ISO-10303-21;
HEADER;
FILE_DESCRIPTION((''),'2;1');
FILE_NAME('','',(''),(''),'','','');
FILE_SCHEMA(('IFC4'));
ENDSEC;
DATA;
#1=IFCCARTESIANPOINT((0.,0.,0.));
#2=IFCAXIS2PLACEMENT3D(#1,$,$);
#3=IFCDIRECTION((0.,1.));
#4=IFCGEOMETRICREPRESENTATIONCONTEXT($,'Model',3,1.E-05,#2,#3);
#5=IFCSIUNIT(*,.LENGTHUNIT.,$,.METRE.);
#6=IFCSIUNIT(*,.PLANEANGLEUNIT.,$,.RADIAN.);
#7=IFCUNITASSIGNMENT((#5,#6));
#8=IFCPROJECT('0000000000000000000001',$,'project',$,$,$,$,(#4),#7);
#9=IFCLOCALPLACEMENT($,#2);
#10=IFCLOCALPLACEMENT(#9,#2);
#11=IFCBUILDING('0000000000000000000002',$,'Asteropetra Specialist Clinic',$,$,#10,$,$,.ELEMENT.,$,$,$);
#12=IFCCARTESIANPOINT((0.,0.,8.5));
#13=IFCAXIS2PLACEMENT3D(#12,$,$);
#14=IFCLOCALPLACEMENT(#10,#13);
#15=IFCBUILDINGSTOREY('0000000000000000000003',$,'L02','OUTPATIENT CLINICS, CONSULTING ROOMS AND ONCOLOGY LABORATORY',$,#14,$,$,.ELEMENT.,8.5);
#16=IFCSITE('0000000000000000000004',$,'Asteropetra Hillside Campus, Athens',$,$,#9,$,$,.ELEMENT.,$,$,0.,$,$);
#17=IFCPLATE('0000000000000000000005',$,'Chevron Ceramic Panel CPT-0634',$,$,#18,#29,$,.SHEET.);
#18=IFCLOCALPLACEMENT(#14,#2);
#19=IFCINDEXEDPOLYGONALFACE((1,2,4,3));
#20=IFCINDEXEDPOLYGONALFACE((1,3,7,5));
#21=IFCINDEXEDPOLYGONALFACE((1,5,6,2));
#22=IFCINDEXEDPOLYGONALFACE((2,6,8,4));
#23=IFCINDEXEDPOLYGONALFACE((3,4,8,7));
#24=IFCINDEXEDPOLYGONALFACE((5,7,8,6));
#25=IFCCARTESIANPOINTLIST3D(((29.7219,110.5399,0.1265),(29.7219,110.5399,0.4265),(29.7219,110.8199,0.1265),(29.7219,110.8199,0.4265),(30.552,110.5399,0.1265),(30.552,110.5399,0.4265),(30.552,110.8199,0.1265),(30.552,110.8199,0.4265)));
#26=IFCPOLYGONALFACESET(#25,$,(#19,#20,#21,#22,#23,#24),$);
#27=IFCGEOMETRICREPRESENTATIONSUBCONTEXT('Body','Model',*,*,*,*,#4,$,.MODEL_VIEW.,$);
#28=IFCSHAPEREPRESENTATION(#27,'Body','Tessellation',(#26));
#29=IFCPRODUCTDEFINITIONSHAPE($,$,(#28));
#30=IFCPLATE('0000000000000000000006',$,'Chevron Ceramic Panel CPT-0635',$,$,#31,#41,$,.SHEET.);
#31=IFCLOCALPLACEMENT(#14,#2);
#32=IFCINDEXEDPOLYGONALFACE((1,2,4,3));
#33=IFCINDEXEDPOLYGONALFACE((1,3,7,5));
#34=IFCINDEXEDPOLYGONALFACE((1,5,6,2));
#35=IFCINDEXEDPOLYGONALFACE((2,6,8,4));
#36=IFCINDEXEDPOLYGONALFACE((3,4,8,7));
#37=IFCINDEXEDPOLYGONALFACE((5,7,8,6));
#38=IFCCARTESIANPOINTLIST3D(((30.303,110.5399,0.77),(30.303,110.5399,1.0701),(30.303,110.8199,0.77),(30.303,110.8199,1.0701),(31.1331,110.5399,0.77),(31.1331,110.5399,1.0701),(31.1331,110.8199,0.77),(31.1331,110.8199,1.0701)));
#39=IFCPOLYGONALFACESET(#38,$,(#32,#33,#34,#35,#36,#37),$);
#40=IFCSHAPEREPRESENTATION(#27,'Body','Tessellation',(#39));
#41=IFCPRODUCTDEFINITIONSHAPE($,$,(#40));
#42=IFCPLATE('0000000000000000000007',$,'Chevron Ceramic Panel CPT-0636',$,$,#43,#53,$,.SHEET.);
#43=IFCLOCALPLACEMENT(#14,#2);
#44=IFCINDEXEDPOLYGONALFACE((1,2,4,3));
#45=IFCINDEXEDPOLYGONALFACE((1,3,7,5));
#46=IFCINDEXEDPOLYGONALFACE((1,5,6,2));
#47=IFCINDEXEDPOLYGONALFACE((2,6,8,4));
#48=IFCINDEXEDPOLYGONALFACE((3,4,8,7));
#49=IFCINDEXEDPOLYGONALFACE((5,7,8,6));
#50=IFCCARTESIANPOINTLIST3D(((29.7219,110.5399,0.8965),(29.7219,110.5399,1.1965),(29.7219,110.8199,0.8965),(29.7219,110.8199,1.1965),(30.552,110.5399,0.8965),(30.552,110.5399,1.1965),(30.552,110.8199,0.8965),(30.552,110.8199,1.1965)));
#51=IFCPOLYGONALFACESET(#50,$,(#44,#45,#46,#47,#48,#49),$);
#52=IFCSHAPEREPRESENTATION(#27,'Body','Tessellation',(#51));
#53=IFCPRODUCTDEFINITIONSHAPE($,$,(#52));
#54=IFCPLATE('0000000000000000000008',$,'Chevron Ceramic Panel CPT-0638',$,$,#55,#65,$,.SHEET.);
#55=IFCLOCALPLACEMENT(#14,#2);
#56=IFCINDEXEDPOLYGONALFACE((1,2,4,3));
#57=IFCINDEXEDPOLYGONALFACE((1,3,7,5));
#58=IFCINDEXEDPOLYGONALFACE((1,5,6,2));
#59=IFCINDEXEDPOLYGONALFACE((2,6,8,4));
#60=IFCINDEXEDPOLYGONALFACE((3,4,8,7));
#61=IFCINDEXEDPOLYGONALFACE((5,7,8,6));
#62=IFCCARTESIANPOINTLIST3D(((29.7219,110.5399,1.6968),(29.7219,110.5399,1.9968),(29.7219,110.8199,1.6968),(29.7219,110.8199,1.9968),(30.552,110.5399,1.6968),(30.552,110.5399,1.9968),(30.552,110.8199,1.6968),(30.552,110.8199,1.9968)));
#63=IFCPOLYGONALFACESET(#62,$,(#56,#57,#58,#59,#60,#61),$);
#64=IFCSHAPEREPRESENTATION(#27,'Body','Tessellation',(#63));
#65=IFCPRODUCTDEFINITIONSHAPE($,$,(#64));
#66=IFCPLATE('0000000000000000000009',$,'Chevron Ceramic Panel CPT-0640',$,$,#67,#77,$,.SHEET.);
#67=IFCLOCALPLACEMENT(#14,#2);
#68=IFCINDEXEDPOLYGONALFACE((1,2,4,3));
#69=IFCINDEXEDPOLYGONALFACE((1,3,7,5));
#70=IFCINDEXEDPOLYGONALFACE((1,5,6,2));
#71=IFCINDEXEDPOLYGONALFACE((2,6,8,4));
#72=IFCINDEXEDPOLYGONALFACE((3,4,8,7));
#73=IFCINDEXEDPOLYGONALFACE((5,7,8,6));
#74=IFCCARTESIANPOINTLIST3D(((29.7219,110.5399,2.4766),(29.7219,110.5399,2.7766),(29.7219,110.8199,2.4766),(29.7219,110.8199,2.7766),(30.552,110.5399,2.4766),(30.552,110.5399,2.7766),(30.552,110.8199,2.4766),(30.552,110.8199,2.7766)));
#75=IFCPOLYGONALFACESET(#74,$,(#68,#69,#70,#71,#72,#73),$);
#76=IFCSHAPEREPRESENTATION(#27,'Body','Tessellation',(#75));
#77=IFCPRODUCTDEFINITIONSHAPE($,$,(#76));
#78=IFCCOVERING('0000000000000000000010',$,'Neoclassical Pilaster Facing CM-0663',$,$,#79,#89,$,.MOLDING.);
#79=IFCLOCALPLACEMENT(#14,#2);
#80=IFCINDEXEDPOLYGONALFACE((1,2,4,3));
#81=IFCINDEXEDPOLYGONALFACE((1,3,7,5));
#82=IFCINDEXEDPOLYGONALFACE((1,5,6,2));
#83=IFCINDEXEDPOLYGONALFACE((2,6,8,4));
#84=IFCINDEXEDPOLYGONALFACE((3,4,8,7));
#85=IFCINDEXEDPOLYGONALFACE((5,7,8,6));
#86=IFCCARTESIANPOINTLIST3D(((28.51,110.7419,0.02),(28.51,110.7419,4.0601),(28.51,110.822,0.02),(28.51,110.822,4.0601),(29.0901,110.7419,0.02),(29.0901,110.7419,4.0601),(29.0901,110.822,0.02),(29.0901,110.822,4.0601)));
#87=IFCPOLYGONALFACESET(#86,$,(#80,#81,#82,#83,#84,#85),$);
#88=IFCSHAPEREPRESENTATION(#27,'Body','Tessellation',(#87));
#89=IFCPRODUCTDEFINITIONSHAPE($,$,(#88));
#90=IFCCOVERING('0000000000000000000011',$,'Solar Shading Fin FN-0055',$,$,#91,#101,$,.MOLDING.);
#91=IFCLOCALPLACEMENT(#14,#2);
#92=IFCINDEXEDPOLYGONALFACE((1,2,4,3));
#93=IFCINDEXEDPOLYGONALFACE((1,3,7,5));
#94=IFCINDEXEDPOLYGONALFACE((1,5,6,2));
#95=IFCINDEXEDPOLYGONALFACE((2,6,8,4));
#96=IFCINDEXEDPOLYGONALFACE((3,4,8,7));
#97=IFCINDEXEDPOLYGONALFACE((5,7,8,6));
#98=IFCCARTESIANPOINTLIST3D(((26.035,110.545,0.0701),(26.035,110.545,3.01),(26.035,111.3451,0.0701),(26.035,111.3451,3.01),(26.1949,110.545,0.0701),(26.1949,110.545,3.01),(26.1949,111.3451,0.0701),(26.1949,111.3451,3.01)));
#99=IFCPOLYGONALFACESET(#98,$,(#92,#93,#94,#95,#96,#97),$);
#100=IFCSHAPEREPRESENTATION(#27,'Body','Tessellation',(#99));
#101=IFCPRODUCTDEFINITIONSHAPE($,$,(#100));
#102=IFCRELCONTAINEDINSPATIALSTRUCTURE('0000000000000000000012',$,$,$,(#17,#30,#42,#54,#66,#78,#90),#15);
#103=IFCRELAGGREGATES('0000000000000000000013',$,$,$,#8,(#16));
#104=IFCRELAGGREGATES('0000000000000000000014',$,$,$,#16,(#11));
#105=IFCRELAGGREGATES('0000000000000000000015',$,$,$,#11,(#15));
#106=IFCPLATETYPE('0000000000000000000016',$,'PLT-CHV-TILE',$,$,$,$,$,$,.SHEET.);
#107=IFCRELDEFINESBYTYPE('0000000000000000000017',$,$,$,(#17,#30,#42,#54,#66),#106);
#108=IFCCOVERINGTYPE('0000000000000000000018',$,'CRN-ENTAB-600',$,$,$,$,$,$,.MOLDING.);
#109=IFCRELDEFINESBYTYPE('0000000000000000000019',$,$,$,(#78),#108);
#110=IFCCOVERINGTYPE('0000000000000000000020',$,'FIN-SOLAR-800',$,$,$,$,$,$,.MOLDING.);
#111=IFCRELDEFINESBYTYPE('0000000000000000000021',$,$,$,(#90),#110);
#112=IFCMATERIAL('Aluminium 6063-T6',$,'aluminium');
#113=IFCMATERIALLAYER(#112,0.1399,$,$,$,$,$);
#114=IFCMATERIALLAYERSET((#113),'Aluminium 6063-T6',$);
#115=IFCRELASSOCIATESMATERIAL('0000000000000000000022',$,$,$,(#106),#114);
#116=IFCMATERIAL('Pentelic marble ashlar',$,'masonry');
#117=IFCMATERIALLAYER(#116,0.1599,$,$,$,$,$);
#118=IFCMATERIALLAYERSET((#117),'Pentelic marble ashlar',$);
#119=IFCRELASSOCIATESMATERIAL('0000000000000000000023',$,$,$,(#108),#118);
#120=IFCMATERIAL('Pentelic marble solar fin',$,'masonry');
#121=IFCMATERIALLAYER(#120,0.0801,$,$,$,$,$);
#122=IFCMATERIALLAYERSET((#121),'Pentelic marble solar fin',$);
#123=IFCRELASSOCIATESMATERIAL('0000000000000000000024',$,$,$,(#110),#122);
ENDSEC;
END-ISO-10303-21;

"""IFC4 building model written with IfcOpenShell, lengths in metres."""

from ifc_helpers import new_model, si_unit, direction, frame, origin, origin_2d, place, context, subcontext, project, spatial, rectangle, extrude, material, layer, layer_set, type_object, element, save


model = new_model("IFC4")

# Units and contexts
model_context = context("Model", 3, precision=1e-05, world=origin(), true_north=direction((0.0, 1.0)))
body_context = subcontext(model_context, "Body", "Model", "MODEL_VIEW")
ifc_project = project(units=[si_unit("LENGTHUNIT", "METRE"), si_unit("PLANEANGLEUNIT", "RADIAN")], contexts=[model_context])

# Site, building, storey
site_placement = place(None, origin())
site = spatial("IfcSite", under=ifc_project, at=site_placement, Name="Asteropetra Hillside Campus, Athens", CompositionType="ELEMENT", RefElevation=0.0)
building_placement = place(site_placement, origin())
building = spatial("IfcBuilding", under=site, at=building_placement, Name="Asteropetra Specialist Clinic", CompositionType="ELEMENT")
storey_placement = place(building_placement, frame((0.0, 0.0, 8.5)))
storey = spatial("IfcBuildingStorey", under=building, at=storey_placement, Name="L02", Description="OUTPATIENT CLINICS, CONSULTING ROOMS AND ONCOLOGY LABORATORY", CompositionType="ELEMENT", Elevation=8.5)

# Plates
ifc_material_1 = material(Name="Aluminium 6063-T6", Category="aluminium")
ifc_layer_1 = layer(ifc_material_1, 0.1399)
ifc_layer_set_1 = layer_set([ifc_layer_1], Name="Aluminium 6063-T6")
plate_type_1 = type_object("IfcPlateType", Name="PLT-CHV-TILE", PredefinedType="SHEET", material=ifc_layer_set_1)
for number, where, z_axis, x_axis, name in (
    (1, (30.137, 110.6799, 0.1265), (0.0, 0.0, 1.0), (1.0, 0.0, 0.0), "Chevron Ceramic Panel CPT-0634"),
    (2, (30.718, 110.6799, 0.77), (0.0, 0.0, 1.0), (1.0, 0.0, 0.0), "Chevron Ceramic Panel CPT-0635"),
    (3, (30.137, 110.6799, 0.8965), (0.0, 0.0, 1.0), (1.0, 0.0, 0.0), "Chevron Ceramic Panel CPT-0636"),
    (4, (30.137, 110.6799, 1.6968), (0.0, 0.0, 1.0), (1.0, 0.0, 0.0), "Chevron Ceramic Panel CPT-0638"),
    (5, (30.137, 110.6799, 2.4766), (0.0, 0.0, 1.0), (1.0, 0.0, 0.0), "Chevron Ceramic Panel CPT-0640"),
):
    element("IfcPlate", number, at=place(storey_placement, frame(where, z_axis=z_axis, x_axis=x_axis)), inside=storey, type_object=plate_type_1, Name=name, PredefinedType="SHEET", context=body_context, shape_type="SweptSolid", body=[
        extrude(rectangle(XDim=0.8301, YDim=0.28, at=origin_2d()), origin(), (0.0, 0.0, 1.0), 0.3),
    ])

# Coverings
ifc_material_2 = material(Name="Pentelic marble ashlar", Category="masonry")
ifc_layer_2 = layer(ifc_material_2, 0.1599)
ifc_layer_set_2 = layer_set([ifc_layer_2], Name="Pentelic marble ashlar")
covering_type_1 = type_object("IfcCoveringType", Name="CRN-ENTAB-600", PredefinedType="MOLDING", material=ifc_layer_set_2)
covering_1_placement = place(storey_placement, frame((28.8, 110.782, 0.02), z_axis=(0.0, 0.0, 1.0), x_axis=(1.0, 0.0, 0.0)))
element("IfcCovering", 6, at=covering_1_placement, inside=storey, type_object=covering_type_1, Name="Neoclassical Pilaster Facing CM-0663", PredefinedType="MOLDING", context=body_context, shape_type="SweptSolid", body=[
    extrude(rectangle(XDim=0.5801, YDim=0.0801, at=origin_2d()), origin(), (0.0, 0.0, 1.0), 4.04),
])
ifc_material_3 = material(Name="Pentelic marble solar fin", Category="masonry")
ifc_layer_3 = layer(ifc_material_3, 0.0801)
ifc_layer_set_3 = layer_set([ifc_layer_3], Name="Pentelic marble solar fin")
covering_type_2 = type_object("IfcCoveringType", Name="FIN-SOLAR-800", PredefinedType="MOLDING", material=ifc_layer_set_3)
covering_2_placement = place(storey_placement, frame((26.115, 110.9451, 0.0701), z_axis=(0.0, 0.0, 1.0), x_axis=(1.0, 0.0, 0.0)))
element("IfcCovering", 7, at=covering_2_placement, inside=storey, type_object=covering_type_2, Name="Solar Shading Fin FN-0055", PredefinedType="MOLDING", context=body_context, shape_type="SweptSolid", body=[
    extrude(rectangle(XDim=0.1599, YDim=0.8, at=origin_2d()), origin(), (0.0, 0.0, 1.0), 2.9399),
])

save(model, "model.ifc")
